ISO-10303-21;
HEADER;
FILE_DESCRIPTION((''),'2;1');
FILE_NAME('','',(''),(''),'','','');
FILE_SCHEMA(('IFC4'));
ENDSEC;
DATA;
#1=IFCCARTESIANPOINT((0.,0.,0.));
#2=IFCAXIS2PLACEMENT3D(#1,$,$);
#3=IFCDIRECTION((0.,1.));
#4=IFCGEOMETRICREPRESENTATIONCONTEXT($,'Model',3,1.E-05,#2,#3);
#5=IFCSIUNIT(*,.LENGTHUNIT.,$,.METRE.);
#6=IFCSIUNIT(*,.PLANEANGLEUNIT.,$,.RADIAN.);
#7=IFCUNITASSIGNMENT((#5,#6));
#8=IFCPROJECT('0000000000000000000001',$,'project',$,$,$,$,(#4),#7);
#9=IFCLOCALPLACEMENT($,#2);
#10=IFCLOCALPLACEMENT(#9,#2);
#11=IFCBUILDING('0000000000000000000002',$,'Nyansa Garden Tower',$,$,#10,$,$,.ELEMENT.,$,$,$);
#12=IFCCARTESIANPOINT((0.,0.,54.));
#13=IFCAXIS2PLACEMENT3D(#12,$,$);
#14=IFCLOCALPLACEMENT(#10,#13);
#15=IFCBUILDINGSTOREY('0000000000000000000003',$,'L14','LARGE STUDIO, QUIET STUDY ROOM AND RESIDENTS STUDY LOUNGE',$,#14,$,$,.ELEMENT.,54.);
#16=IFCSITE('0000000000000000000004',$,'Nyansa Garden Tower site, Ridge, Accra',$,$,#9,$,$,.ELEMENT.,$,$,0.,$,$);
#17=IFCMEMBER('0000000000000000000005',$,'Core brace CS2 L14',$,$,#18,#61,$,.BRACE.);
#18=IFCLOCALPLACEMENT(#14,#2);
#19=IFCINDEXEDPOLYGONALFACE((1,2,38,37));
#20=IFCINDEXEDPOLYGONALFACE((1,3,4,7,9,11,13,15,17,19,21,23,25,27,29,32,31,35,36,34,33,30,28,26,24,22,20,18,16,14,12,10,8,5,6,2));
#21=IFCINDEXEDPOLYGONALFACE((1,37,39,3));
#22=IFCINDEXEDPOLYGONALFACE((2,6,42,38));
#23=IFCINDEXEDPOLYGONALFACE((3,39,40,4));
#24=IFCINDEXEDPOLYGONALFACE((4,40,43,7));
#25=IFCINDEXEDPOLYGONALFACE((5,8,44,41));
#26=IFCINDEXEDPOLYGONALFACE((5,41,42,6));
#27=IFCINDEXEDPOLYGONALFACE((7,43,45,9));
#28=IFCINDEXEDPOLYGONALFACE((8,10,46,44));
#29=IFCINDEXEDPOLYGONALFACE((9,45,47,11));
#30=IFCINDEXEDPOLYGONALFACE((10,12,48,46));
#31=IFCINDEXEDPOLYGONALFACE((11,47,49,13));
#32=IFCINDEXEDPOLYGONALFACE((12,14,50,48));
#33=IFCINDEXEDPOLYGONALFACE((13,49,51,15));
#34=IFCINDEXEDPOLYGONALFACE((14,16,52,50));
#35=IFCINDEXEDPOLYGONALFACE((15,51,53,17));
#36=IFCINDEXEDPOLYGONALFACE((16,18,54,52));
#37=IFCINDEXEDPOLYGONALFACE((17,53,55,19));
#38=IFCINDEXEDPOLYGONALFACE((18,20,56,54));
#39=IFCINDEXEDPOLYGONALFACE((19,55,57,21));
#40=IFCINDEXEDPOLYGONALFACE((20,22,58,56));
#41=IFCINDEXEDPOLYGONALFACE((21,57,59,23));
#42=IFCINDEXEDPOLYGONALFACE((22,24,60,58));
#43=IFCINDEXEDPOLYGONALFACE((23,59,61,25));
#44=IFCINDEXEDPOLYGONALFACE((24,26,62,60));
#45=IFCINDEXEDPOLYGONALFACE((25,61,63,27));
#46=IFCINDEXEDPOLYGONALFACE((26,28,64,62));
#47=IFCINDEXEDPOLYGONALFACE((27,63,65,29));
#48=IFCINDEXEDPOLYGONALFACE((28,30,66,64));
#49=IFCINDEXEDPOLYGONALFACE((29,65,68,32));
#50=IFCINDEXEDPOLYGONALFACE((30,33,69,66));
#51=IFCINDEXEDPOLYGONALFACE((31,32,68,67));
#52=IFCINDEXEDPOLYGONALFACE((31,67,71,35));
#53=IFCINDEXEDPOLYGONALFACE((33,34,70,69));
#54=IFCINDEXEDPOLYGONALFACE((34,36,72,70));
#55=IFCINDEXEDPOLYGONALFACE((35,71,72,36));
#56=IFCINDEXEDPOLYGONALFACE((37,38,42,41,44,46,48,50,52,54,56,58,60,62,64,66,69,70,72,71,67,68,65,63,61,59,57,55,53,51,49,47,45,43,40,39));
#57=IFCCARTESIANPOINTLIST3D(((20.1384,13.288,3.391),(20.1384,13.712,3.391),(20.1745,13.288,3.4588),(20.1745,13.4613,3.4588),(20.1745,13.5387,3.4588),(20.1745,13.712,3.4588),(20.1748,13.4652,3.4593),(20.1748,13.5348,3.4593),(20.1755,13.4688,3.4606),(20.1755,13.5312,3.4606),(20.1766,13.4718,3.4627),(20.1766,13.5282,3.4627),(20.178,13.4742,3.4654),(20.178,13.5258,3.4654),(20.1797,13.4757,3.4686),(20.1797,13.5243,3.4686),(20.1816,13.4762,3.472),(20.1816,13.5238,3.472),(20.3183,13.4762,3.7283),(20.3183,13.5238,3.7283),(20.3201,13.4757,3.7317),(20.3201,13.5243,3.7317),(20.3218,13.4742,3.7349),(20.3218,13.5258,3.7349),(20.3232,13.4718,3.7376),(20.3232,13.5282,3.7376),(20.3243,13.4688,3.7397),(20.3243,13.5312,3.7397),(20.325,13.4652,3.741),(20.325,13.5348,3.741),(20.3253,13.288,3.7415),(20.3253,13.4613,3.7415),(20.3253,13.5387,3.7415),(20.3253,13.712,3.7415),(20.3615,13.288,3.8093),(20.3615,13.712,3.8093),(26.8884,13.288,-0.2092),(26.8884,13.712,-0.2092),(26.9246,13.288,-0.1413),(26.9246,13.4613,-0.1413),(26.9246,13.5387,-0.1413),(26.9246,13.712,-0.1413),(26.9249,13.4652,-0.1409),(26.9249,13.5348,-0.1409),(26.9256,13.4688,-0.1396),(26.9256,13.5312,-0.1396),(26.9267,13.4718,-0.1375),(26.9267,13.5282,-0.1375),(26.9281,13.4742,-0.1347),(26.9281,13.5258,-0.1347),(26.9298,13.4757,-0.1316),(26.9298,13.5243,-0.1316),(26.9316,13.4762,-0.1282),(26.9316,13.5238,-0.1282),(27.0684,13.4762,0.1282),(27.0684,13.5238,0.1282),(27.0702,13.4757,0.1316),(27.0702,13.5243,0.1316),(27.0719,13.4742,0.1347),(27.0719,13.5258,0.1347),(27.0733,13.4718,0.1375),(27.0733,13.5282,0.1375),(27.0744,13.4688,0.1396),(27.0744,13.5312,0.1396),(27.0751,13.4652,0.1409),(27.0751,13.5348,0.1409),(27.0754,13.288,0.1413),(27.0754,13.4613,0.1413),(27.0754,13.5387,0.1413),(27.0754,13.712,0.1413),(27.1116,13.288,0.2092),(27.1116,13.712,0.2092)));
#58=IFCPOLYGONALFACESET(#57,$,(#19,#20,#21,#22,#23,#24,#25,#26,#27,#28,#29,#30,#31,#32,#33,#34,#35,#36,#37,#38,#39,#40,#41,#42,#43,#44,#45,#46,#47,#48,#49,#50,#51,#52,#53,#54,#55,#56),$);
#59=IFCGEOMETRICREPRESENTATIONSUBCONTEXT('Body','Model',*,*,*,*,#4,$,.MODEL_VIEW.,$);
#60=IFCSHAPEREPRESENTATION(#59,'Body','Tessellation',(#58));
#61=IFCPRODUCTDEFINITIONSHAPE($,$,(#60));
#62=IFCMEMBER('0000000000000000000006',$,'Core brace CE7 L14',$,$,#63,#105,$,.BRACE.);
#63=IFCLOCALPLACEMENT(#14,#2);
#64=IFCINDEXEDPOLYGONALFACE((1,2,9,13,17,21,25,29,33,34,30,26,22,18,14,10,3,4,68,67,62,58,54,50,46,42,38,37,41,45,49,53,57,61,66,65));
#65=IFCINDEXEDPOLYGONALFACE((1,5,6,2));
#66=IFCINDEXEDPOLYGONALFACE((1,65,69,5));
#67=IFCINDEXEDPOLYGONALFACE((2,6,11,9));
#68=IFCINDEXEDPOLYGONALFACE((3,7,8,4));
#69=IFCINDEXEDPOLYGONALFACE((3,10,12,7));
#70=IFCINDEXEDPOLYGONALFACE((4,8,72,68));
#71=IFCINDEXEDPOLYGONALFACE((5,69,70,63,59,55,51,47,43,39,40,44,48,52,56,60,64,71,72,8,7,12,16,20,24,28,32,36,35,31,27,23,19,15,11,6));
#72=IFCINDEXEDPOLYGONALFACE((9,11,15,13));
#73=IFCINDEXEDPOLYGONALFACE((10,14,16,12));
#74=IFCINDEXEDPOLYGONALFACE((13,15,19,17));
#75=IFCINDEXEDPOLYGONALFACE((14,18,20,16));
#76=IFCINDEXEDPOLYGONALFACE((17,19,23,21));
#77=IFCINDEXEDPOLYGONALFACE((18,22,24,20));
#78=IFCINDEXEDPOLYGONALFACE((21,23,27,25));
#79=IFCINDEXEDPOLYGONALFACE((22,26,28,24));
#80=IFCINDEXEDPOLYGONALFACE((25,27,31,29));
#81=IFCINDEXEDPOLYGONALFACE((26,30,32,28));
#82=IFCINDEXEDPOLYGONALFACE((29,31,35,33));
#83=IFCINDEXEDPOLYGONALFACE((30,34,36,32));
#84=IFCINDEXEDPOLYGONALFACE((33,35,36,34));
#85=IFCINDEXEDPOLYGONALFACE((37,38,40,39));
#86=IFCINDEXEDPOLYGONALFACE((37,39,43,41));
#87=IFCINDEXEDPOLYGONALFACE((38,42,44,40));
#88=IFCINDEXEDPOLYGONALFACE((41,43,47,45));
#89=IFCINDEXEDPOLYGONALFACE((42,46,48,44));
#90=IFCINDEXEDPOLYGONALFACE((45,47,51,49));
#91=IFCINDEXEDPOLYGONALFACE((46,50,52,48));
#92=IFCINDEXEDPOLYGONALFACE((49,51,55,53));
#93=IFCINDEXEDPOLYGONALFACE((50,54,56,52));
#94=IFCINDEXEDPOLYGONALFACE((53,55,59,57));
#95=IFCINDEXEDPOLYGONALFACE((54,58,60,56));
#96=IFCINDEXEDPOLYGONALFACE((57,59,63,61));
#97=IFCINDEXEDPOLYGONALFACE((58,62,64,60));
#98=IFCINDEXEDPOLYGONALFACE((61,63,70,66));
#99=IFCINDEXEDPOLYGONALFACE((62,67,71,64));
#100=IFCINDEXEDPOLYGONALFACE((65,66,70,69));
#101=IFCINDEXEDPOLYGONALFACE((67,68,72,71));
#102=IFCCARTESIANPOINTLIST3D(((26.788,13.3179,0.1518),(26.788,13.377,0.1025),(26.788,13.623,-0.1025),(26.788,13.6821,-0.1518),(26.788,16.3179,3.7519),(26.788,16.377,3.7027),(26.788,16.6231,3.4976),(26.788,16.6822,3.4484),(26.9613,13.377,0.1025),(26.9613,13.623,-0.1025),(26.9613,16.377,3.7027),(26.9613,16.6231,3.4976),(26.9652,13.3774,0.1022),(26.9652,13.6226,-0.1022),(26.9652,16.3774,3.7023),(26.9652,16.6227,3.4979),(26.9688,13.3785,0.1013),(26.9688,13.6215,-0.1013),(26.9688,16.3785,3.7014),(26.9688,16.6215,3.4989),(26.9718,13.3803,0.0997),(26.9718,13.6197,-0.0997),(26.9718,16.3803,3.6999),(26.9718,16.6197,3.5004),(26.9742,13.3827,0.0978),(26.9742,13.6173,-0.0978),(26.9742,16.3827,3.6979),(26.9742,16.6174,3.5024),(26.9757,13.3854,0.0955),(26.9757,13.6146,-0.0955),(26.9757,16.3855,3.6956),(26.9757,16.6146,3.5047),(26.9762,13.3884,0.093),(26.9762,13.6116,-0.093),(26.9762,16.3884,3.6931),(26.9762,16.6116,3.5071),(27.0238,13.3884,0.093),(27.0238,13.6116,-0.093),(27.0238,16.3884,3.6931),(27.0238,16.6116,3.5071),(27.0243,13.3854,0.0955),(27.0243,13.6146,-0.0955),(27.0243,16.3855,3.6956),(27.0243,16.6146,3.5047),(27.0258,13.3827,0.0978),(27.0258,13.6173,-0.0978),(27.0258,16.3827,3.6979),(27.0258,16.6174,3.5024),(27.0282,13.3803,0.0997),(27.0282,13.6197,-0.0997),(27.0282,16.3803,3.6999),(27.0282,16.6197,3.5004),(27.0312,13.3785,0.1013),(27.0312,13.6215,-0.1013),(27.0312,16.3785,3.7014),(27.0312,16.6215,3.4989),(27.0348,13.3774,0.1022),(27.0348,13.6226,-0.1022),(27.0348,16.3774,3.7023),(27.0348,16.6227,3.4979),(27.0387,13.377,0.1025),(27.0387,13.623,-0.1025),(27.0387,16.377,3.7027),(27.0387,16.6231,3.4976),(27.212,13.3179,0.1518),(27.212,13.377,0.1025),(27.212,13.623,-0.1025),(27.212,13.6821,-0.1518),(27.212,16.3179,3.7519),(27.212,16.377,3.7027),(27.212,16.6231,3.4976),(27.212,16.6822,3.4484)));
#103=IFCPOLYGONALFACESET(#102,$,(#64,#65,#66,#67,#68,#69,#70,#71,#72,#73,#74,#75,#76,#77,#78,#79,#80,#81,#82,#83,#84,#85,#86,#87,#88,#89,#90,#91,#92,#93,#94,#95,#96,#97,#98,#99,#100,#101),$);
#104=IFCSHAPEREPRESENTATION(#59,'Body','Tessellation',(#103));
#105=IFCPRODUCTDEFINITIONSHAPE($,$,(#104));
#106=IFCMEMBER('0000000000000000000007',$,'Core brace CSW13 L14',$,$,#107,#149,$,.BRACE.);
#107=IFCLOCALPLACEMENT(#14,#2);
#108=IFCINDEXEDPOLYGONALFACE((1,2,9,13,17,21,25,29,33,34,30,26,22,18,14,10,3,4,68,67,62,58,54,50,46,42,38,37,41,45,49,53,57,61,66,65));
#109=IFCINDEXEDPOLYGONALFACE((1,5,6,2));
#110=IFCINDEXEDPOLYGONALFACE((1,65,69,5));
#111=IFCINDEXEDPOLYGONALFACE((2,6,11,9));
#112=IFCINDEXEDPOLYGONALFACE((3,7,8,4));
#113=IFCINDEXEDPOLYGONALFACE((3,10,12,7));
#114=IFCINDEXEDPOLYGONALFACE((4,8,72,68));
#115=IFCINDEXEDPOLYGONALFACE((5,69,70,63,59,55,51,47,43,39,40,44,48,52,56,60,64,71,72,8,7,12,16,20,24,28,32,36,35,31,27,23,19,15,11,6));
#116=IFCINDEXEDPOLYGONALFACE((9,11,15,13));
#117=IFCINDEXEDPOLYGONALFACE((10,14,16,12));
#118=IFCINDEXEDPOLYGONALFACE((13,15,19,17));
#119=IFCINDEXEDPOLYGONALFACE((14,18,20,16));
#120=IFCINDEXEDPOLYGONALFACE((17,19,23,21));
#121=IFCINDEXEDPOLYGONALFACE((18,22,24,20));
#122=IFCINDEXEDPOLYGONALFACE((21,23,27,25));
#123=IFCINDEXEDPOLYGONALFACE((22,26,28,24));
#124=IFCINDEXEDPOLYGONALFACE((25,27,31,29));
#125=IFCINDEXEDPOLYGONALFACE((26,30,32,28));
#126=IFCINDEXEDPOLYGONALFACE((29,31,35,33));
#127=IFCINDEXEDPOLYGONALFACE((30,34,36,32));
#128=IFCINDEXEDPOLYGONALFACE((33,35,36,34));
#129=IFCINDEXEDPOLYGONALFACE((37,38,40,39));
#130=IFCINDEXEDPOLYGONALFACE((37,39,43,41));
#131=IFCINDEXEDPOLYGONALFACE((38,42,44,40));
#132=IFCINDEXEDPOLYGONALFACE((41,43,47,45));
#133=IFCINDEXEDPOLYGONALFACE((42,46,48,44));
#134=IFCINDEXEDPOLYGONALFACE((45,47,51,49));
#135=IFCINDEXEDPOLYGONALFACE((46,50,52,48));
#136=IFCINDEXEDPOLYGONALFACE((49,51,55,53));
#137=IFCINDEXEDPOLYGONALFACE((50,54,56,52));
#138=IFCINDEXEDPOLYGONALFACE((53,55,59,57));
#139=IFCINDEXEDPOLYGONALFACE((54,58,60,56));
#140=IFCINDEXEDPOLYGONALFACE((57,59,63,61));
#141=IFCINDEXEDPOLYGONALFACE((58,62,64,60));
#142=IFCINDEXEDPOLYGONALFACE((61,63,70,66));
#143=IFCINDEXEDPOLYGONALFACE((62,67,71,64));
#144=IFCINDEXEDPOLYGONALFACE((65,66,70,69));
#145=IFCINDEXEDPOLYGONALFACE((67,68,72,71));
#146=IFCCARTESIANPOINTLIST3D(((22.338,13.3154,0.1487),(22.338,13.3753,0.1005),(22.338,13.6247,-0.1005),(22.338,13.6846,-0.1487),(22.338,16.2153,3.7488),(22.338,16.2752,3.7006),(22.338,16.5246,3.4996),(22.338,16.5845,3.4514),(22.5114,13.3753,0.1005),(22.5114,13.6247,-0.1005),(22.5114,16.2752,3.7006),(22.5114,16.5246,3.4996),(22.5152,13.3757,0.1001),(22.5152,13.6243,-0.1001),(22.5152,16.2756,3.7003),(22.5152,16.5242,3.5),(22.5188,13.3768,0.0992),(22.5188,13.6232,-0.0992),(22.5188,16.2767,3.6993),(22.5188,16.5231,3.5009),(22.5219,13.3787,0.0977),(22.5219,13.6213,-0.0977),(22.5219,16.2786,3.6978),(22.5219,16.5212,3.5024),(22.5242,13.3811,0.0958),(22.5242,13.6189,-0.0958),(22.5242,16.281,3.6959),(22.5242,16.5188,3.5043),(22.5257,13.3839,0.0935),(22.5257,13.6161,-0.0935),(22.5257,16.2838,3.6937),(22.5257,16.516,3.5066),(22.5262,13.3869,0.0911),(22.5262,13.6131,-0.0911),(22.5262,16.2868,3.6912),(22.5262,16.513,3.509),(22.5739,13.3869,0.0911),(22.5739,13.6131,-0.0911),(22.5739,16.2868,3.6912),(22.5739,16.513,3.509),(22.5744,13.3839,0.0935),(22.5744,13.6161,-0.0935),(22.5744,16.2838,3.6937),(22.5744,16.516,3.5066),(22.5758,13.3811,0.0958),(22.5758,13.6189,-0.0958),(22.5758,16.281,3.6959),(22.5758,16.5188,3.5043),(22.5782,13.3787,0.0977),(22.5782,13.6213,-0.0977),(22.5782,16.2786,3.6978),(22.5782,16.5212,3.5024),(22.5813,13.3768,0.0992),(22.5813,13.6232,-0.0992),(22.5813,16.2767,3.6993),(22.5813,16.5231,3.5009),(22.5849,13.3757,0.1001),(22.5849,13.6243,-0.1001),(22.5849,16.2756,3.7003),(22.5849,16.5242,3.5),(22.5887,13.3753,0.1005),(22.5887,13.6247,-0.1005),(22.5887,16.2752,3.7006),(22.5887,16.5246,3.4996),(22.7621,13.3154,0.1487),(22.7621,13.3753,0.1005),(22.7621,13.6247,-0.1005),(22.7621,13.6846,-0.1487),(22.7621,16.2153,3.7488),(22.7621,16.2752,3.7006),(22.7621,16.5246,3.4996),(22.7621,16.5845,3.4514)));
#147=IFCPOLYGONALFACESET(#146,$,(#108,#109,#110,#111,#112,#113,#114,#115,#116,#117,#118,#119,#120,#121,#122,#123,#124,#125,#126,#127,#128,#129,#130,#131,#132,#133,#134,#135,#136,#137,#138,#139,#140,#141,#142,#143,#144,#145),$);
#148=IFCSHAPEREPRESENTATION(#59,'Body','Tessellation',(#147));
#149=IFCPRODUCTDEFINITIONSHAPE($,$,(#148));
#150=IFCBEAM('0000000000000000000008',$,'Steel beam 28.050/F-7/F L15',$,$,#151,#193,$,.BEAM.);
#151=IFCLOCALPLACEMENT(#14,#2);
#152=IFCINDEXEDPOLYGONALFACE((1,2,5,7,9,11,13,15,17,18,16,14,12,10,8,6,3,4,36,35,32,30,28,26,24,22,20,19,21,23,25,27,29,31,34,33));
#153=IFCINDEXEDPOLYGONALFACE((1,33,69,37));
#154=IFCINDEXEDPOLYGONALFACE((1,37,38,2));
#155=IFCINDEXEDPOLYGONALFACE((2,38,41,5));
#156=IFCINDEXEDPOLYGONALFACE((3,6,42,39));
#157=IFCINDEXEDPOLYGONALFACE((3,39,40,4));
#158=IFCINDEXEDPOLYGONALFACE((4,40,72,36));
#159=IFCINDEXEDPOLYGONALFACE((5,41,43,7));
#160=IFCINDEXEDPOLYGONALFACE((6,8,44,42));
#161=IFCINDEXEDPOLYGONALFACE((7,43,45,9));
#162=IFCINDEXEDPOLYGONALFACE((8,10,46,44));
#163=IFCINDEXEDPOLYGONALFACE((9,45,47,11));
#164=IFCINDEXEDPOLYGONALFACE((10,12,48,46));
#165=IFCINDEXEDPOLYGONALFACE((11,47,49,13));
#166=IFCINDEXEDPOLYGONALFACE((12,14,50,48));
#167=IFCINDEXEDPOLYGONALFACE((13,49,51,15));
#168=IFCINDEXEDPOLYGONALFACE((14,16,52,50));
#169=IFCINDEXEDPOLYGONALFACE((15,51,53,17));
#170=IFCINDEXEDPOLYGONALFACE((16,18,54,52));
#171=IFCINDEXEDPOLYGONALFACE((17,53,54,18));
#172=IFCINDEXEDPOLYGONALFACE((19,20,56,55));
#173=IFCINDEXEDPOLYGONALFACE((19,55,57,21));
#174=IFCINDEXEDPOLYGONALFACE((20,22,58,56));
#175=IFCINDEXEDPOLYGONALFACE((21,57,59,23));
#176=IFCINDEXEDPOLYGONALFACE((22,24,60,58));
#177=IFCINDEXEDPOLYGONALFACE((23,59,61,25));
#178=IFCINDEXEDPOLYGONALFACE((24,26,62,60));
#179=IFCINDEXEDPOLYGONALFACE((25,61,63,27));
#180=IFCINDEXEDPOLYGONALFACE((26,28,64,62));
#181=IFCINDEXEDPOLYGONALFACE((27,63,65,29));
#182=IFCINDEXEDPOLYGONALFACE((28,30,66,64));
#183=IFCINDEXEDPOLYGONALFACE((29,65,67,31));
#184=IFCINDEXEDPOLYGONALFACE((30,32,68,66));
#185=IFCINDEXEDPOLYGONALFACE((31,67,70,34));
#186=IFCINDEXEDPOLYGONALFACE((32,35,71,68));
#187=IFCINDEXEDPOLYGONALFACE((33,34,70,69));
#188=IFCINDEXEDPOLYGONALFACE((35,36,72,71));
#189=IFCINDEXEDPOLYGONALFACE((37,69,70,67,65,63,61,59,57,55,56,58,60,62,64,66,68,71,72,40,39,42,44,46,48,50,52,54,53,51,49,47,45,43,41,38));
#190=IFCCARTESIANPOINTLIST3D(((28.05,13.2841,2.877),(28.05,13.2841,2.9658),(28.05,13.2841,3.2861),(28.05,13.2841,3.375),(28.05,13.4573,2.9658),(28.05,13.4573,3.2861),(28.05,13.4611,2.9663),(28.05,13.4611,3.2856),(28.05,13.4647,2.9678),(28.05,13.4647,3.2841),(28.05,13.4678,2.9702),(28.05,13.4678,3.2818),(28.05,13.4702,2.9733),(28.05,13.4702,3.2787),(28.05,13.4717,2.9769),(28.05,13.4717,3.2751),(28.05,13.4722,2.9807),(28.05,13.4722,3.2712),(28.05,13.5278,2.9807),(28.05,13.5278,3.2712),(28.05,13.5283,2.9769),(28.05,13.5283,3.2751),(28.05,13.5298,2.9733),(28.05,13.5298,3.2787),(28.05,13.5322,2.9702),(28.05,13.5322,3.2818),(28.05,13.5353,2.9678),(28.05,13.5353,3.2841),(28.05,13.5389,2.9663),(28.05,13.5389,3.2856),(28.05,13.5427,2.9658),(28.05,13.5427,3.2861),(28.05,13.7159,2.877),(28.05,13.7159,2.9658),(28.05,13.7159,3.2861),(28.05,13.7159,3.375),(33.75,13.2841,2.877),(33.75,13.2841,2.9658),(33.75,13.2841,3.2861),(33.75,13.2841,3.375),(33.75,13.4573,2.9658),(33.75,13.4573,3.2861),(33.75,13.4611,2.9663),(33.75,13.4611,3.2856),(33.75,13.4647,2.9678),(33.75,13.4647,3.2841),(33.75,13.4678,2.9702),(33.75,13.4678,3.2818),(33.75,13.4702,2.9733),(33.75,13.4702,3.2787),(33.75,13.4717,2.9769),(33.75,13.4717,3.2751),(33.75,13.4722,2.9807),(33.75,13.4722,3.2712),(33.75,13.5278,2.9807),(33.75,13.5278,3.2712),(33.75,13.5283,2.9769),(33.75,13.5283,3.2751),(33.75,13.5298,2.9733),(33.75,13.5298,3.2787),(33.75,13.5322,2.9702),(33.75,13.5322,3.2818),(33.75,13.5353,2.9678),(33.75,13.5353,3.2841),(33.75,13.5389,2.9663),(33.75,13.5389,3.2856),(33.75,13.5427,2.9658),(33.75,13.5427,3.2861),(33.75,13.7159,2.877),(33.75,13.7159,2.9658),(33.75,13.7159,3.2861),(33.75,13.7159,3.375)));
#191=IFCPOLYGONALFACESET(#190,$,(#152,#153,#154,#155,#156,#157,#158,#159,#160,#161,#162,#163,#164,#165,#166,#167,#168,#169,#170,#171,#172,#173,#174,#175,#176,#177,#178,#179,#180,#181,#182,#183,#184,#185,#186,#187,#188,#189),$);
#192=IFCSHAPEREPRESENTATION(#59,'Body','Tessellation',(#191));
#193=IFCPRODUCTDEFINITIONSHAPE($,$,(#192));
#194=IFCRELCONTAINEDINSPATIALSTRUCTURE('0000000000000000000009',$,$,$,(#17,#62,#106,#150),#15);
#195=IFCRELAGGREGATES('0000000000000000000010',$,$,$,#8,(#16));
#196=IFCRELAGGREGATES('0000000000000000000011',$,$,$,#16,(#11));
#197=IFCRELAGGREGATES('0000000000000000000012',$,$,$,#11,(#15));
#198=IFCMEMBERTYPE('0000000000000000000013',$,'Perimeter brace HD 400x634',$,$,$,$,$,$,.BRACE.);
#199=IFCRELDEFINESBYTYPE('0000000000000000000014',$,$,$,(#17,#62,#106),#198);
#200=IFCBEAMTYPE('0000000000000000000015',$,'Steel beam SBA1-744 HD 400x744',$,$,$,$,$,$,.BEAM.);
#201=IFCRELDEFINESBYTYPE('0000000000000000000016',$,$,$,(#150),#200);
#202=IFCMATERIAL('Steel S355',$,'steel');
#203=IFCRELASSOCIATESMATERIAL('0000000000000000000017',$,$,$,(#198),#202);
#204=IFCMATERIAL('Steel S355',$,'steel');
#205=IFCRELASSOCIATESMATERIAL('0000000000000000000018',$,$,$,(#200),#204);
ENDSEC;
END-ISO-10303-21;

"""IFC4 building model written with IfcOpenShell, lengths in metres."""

from ifc_helpers import new_model, si_unit, direction, frame, origin, origin_2d, place, context, subcontext, project, spatial, i_section, extrude, material, material_profile, profile_set, type_object, element, save


model = new_model("IFC4")

# Units and contexts
model_context = context("Model", 3, precision=1e-05, world=origin(), true_north=direction((0.0, 1.0)))
body_context = subcontext(model_context, "Body", "Model", "MODEL_VIEW")
ifc_project = project(units=[si_unit("LENGTHUNIT", "METRE"), si_unit("PLANEANGLEUNIT", "RADIAN")], contexts=[model_context])

# Site, building, storey
site_placement = place(None, origin())
site = spatial("IfcSite", under=ifc_project, at=site_placement, Name="Nyansa Garden Tower site, Ridge, Accra", CompositionType="ELEMENT", RefElevation=0.0)
building_placement = place(site_placement, origin())
building = spatial("IfcBuilding", under=site, at=building_placement, Name="Nyansa Garden Tower", CompositionType="ELEMENT")
storey_placement = place(building_placement, frame((0.0, 0.0, 54.0)))
storey = spatial("IfcBuildingStorey", under=building, at=storey_placement, Name="L14", Description="LARGE STUDIO, QUIET STUDY ROOM AND RESIDENTS STUDY LOUNGE", CompositionType="ELEMENT", Elevation=54.0)

# Members
ifc_material_1 = material(Name="Steel S355", Category="steel")
ifc_material_profile_1 = material_profile(ifc_material_1, i_section(OverallWidth=0.4241, OverallDepth=0.4741, WebThickness=0.0476, FlangeThickness=0.0769, FilletRadius=0.0149, at=origin_2d()), Name="HD 400x634")
ifc_profile_set_1 = profile_set([ifc_material_profile_1], Name="Steel S355")
member_type = type_object("IfcMemberType", Name="Perimeter brace HD 400x634", PredefinedType="BRACE", material=ifc_profile_set_1)
member_1_placement = place(storey_placement, frame((27.0, 13.5, 0.0), z_axis=(-0.882348, 0.0, 0.470598), x_axis=(0.0, -1.0, 0.0)))
element("IfcMember", 1, at=member_1_placement, inside=storey, type_object=member_type, Name="Core brace CS2 L14", PredefinedType="BRACE", context=body_context, shape_type="SweptSolid", body=[
    extrude(i_section(OverallWidth=0.4241, OverallDepth=0.4741, WebThickness=0.0476, FlangeThickness=0.0769, FilletRadius=0.0149, at=origin_2d()), origin(), (0.0, 0.0, 1.0), 7.6501),
])
member_2_placement = place(storey_placement, frame((27.0, 13.5, 0.0), z_axis=(0.0, 0.640174, 0.76823), x_axis=(-1.0, 0.0, 0.0)))
element("IfcMember", 2, at=member_2_placement, inside=storey, type_object=member_type, Name="Core brace CE7 L14", PredefinedType="BRACE", context=body_context, shape_type="SweptSolid", body=[
    extrude(i_section(OverallWidth=0.4241, OverallDepth=0.4741, WebThickness=0.0476, FlangeThickness=0.0769, FilletRadius=0.0149, at=origin_2d()), origin(), (0.0, 0.0, 1.0), 4.6863),
])
member_3_placement = place(storey_placement, frame((22.55, 13.5, 0.0), z_axis=(0.0, 0.627306, 0.778773), x_axis=(-1.0, 0.0, 0.0)))
element("IfcMember", 3, at=member_3_placement, inside=storey, type_object=member_type, Name="Core brace CSW13 L14", PredefinedType="BRACE", context=body_context, shape_type="SweptSolid", body=[
    extrude(i_section(OverallWidth=0.4241, OverallDepth=0.4741, WebThickness=0.0476, FlangeThickness=0.0769, FilletRadius=0.0149, at=origin_2d()), origin(), (0.0, 0.0, 1.0), 4.6228),
])

# Beam
ifc_material_2 = material(Name="Steel S355", Category="steel")
ifc_material_profile_2 = material_profile(ifc_material_2, i_section(OverallWidth=0.4319, OverallDepth=0.498, WebThickness=0.0557, FlangeThickness=0.0889, FilletRadius=0.0149, at=origin_2d()), Name="HD 400x744")
ifc_profile_set_2 = profile_set([ifc_material_profile_2], Name="Steel S355")
beam_type_1 = type_object("IfcBeamType", Name="Steel beam SBA1-744 HD 400x744", PredefinedType="BEAM", material=ifc_profile_set_2)
for number, where, z_axis, x_axis, name in (
    (4, (28.05, 13.5, 3.126), (1.0, 0.0, 0.0), (0.0, 1.0, 0.0), "Steel beam 28.050/F-7/F L15"),
):
    element("IfcBeam", number, at=place(storey_placement, frame(where, z_axis=z_axis, x_axis=x_axis)), inside=storey, type_object=beam_type_1, Name=name, PredefinedType="BEAM", context=body_context, shape_type="SweptSolid", body=[
        extrude(i_section(OverallWidth=0.4319, OverallDepth=0.498, WebThickness=0.0557, FlangeThickness=0.0889, FilletRadius=0.0149, at=origin_2d()), origin(), (0.0, 0.0, 1.0), 5.7),
    ])

save(model, "model.ifc")
